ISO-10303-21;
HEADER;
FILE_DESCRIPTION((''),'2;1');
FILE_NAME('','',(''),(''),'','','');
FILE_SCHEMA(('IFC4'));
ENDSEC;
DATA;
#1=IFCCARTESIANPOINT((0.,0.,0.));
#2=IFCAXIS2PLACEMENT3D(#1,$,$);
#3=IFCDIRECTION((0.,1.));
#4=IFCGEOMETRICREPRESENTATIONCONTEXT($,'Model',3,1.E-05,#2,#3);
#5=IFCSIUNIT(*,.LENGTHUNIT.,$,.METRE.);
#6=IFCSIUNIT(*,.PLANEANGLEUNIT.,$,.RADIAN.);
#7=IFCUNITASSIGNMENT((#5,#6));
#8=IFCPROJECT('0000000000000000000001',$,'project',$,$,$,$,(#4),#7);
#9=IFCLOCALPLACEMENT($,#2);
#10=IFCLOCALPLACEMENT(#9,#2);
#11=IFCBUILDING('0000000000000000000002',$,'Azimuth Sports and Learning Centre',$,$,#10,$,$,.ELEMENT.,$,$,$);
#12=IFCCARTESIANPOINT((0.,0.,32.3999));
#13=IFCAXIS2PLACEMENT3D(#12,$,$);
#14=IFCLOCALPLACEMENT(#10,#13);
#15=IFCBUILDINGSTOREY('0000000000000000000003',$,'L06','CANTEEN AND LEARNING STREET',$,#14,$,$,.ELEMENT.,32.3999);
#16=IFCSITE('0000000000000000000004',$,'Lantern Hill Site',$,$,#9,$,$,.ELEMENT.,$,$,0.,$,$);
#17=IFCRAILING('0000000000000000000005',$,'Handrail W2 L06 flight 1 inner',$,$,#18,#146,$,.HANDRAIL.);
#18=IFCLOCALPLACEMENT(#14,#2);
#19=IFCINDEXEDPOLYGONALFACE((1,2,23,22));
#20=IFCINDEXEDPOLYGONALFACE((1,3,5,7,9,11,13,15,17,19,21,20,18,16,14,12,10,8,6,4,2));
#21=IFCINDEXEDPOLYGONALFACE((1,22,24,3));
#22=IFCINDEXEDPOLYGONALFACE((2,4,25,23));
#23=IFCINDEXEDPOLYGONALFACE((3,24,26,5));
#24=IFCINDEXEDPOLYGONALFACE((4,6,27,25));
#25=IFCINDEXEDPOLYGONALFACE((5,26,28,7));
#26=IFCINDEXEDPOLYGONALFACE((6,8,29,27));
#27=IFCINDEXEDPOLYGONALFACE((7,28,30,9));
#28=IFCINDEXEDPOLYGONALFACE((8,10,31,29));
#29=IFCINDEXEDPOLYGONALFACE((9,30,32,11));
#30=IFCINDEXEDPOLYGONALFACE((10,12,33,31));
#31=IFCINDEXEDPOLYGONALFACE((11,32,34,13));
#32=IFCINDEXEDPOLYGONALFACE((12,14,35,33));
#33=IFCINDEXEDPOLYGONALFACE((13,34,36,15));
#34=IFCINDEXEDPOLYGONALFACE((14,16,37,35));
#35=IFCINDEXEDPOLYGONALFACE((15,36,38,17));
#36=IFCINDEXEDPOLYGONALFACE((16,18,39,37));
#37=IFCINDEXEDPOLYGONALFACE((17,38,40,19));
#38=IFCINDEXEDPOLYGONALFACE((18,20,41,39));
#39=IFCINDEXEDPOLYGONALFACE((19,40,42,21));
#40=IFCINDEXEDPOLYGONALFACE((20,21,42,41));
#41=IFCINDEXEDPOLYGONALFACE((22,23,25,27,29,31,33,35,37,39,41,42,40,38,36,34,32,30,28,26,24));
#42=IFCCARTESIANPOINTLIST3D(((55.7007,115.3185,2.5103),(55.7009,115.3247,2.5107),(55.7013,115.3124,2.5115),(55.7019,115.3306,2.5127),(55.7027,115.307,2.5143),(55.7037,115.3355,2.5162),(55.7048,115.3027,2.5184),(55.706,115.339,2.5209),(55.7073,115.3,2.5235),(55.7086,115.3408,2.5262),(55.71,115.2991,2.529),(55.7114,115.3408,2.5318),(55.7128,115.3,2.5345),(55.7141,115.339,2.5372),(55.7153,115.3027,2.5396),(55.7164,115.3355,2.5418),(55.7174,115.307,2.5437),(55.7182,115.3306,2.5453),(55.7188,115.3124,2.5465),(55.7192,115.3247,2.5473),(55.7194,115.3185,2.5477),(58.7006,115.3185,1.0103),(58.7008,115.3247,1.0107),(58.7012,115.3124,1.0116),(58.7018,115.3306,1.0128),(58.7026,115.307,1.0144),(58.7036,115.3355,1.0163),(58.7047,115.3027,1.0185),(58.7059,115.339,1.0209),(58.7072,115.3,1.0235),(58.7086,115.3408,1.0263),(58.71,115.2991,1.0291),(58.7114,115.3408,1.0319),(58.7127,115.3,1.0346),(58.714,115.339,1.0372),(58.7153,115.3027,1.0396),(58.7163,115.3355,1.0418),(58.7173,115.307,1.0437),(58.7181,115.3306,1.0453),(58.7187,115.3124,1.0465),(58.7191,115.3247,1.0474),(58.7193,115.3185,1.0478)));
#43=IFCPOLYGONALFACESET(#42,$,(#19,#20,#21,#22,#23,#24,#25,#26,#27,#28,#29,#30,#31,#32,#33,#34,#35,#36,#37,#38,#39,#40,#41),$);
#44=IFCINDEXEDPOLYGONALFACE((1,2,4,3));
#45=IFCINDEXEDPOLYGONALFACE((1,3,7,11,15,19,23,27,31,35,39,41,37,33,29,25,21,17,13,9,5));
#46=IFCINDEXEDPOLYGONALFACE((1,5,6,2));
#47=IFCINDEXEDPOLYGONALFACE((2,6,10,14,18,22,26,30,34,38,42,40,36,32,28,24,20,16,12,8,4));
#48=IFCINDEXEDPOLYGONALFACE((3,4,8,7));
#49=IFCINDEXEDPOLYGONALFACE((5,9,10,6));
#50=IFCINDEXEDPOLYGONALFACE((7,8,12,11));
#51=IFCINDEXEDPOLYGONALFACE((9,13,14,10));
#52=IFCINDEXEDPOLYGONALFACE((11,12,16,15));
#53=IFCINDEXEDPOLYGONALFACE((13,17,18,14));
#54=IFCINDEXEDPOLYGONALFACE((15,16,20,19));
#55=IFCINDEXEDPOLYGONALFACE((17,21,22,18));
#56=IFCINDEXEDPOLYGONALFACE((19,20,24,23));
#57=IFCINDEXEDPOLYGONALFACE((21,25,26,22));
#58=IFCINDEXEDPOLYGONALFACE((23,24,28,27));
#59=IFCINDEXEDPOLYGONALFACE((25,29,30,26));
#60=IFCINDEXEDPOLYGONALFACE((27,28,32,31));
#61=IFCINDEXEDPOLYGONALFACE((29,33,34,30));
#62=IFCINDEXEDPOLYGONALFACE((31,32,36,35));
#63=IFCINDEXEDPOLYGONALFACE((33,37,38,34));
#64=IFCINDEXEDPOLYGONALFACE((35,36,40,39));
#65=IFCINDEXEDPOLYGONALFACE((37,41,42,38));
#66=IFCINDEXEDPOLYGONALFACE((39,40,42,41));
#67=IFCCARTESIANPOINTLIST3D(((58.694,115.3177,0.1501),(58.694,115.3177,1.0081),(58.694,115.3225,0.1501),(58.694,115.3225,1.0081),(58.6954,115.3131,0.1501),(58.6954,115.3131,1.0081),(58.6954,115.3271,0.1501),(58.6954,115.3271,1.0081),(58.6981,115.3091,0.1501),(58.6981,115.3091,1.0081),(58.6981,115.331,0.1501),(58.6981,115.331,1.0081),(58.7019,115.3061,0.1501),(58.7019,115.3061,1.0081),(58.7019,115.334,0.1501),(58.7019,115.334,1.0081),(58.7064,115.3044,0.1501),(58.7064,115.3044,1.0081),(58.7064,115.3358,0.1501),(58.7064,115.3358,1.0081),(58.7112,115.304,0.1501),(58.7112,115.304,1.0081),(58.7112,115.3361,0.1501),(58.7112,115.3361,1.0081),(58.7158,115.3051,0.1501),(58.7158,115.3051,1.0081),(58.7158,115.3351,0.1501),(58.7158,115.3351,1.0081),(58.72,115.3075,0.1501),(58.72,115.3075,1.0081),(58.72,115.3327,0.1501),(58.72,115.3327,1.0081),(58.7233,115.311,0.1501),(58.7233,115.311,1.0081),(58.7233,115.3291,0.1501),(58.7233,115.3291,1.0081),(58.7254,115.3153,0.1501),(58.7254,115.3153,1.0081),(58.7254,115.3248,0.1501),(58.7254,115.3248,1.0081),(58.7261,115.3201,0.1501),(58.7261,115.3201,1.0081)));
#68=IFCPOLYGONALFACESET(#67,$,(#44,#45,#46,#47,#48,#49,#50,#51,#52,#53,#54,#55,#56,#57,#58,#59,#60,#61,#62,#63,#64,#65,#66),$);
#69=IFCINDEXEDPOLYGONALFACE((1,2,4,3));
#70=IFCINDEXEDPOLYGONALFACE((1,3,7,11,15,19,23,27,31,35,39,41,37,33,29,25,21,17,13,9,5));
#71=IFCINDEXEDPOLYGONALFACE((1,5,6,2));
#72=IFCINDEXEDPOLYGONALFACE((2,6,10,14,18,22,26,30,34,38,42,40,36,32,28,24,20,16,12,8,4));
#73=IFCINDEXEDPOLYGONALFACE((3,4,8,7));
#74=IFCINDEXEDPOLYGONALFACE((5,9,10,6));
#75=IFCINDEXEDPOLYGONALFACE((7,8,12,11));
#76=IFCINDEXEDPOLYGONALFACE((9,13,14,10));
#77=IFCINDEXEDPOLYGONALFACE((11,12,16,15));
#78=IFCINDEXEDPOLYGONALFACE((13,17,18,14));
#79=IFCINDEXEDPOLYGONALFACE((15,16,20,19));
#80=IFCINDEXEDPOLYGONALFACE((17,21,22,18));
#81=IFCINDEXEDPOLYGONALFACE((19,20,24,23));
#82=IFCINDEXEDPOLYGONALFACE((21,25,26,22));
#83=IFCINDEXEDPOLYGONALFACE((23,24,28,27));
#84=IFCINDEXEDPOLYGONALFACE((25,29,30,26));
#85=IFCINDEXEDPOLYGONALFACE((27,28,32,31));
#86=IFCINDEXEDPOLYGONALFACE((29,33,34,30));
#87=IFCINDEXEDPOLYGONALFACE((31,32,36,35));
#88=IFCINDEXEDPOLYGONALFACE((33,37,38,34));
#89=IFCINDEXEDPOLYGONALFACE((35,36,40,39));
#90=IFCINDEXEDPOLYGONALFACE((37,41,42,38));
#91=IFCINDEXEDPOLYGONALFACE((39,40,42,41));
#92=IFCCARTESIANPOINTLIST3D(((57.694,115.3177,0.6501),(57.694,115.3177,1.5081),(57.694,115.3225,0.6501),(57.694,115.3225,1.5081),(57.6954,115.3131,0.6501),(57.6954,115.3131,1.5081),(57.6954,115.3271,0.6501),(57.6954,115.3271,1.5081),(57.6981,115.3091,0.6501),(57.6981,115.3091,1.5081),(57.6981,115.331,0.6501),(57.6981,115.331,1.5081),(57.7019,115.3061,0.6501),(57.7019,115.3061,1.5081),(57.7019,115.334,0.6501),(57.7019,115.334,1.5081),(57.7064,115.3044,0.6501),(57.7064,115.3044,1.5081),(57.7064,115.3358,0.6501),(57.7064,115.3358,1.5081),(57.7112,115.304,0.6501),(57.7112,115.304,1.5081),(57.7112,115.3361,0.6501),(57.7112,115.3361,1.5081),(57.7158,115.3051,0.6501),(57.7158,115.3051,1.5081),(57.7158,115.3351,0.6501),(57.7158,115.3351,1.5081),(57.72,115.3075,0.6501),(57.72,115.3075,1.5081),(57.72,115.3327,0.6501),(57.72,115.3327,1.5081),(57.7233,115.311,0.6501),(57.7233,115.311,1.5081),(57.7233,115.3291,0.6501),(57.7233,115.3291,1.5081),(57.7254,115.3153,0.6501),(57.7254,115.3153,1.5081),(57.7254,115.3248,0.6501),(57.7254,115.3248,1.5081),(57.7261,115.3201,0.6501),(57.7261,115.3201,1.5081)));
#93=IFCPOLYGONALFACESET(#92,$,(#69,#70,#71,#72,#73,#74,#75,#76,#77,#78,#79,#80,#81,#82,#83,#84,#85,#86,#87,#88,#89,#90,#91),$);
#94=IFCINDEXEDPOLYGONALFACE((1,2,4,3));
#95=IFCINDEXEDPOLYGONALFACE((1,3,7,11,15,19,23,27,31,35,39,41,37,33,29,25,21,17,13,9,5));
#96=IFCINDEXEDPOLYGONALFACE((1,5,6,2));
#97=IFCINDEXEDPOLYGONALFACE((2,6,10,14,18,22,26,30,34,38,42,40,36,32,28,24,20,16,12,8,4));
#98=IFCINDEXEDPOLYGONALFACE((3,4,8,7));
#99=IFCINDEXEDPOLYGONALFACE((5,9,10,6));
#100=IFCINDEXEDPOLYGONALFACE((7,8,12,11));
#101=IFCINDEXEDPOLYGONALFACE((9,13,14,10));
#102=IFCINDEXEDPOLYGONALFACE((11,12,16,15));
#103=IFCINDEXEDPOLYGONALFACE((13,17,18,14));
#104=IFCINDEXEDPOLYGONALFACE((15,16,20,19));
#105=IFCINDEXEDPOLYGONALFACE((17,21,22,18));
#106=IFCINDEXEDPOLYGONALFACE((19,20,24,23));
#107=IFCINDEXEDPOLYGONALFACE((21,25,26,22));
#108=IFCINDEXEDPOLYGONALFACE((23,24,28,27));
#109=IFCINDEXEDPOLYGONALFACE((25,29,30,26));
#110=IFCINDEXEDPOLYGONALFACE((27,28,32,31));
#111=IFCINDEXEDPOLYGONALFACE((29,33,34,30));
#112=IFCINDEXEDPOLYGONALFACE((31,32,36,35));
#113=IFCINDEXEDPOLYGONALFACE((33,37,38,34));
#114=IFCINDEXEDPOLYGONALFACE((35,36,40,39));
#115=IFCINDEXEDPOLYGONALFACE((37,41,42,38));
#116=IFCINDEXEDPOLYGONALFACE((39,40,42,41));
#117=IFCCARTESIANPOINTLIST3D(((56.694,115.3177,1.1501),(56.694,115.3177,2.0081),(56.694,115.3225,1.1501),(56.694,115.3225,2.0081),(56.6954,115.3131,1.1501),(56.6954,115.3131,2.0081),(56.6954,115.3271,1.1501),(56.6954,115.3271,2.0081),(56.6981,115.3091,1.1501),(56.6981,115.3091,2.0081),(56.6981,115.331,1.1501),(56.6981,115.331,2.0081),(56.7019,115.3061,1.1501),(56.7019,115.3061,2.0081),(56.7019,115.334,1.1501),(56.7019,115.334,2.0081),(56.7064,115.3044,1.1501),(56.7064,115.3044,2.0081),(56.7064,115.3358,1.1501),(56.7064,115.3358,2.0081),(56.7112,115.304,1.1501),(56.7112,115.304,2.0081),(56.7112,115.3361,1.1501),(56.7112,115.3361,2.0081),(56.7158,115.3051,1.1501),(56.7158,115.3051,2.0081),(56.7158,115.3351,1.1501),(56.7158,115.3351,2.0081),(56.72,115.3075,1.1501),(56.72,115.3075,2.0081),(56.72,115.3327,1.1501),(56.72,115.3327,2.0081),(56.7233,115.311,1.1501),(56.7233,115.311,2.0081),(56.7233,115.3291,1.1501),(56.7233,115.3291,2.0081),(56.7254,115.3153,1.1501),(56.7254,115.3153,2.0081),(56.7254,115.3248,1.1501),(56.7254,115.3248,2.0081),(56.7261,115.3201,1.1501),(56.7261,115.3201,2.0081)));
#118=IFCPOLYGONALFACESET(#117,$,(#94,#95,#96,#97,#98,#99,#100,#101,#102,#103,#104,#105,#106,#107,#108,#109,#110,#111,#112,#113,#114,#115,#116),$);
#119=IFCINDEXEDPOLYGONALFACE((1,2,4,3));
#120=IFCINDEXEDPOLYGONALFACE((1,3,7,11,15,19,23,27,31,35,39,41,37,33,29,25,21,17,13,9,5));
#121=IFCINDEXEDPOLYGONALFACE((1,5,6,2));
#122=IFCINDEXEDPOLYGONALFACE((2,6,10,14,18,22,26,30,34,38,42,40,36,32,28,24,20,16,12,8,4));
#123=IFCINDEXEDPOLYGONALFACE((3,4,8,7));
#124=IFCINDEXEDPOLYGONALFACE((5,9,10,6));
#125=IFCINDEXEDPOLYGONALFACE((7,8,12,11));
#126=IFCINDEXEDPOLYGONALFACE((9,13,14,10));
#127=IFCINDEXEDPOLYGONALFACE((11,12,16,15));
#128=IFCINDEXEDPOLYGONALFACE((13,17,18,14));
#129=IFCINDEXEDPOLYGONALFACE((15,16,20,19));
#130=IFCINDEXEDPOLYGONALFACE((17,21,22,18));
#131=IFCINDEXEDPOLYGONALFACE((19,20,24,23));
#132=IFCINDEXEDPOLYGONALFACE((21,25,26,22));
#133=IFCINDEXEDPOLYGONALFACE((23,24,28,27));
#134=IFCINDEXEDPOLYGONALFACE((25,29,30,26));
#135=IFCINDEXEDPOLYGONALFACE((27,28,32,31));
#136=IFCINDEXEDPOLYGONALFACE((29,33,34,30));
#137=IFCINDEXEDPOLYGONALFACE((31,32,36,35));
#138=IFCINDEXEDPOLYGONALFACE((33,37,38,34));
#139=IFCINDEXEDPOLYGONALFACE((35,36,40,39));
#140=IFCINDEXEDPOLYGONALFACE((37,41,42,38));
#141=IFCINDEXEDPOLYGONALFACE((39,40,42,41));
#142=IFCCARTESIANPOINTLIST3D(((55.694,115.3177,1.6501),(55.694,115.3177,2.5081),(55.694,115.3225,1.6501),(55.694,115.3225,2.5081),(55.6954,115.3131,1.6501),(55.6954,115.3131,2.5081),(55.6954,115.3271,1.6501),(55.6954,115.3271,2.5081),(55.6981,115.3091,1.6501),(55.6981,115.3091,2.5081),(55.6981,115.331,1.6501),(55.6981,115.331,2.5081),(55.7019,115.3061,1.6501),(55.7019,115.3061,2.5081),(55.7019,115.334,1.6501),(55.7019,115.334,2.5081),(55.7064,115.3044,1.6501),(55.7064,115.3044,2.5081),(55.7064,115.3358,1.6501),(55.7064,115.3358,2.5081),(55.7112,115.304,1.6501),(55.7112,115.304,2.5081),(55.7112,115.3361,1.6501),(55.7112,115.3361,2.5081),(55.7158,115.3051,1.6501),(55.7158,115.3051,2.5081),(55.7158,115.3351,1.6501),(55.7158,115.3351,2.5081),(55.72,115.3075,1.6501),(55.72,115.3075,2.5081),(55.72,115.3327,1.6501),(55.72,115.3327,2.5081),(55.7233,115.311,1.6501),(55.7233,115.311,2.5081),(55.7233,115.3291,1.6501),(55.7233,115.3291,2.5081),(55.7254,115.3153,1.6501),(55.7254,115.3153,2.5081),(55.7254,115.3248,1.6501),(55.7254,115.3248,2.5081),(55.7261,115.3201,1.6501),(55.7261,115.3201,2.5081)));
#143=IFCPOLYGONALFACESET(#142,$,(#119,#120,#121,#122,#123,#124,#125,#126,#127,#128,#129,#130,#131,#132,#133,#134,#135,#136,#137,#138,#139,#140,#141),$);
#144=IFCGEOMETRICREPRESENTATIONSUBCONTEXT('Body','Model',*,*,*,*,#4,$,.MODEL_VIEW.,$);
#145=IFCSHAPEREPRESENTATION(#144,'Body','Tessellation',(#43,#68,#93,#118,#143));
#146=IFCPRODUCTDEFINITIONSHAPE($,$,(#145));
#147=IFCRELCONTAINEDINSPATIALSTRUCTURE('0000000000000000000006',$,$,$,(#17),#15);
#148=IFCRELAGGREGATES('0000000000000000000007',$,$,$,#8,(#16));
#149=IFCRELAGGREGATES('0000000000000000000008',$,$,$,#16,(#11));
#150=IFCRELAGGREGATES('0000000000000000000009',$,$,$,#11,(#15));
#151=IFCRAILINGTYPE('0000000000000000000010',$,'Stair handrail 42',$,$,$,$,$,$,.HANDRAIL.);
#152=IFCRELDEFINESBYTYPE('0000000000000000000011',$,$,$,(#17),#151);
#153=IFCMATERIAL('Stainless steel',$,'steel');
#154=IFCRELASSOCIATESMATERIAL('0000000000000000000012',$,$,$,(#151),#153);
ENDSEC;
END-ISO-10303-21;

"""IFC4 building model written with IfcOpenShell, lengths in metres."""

from ifc_helpers import new_model, si_unit, direction, frame, origin, origin_2d, place, context, subcontext, project, spatial, circle, extrude, material, type_object, element, save


model = new_model("IFC4")

# Units and contexts
model_context = context("Model", 3, precision=1e-05, world=origin(), true_north=direction((0.0, 1.0)))
body_context = subcontext(model_context, "Body", "Model", "MODEL_VIEW")
ifc_project = project(units=[si_unit("LENGTHUNIT", "METRE"), si_unit("PLANEANGLEUNIT", "RADIAN")], contexts=[model_context])

# Site, building, storey
site_placement = place(None, origin())
site = spatial("IfcSite", under=ifc_project, at=site_placement, Name="Lantern Hill Site", CompositionType="ELEMENT", RefElevation=0.0)
building_placement = place(site_placement, origin())
building = spatial("IfcBuilding", under=site, at=building_placement, Name="Azimuth Sports and Learning Centre", CompositionType="ELEMENT")
storey_placement = place(building_placement, frame((0.0, 0.0, 32.3999)))
storey = spatial("IfcBuildingStorey", under=building, at=storey_placement, Name="L06", Description="CANTEEN AND LEARNING STREET", CompositionType="ELEMENT", Elevation=32.3999)

# Railing
ifc_material_1 = material(Name="Stainless steel", Category="steel")
railing_type_1 = type_object("IfcRailingType", Name="Stair handrail 42", PredefinedType="HANDRAIL", material=ifc_material_1)
for number, where, name in (
    (1, (58.71, 115.3201, 0.1501), "Handrail W2 L06 flight 1 inner"),
):
    element("IfcRailing", number, at=place(storey_placement, frame(where)), inside=storey, type_object=railing_type_1, Name=name, PredefinedType="HANDRAIL", context=body_context, shape_type="SweptSolid", body=[
        extrude(circle(Radius=0.021, at=origin_2d()), frame((0.0, 0.0, 0.8789), z_axis=(-0.894427, 0.0, 0.447214), x_axis=(0.0, -1.0, 0.0)), (0.0, 0.0, 1.0), 3.354),
        extrude(circle(Radius=0.0161, at=origin_2d()), origin(), (0.0, 0.0, 1.0), 0.8579),
        extrude(circle(Radius=0.0161, at=origin_2d()), frame((-1.0, 0.0, 0.5)), (0.0, 0.0, 1.0), 0.8579),
        extrude(circle(Radius=0.0161, at=origin_2d()), frame((-2.0, 0.0, 1.0)), (0.0, 0.0, 1.0), 0.8579),
        extrude(circle(Radius=0.0161, at=origin_2d()), frame((-3.0, 0.0, 1.5)), (0.0, 0.0, 1.0), 0.8579),
    ])

save(model, "model.ifc")
